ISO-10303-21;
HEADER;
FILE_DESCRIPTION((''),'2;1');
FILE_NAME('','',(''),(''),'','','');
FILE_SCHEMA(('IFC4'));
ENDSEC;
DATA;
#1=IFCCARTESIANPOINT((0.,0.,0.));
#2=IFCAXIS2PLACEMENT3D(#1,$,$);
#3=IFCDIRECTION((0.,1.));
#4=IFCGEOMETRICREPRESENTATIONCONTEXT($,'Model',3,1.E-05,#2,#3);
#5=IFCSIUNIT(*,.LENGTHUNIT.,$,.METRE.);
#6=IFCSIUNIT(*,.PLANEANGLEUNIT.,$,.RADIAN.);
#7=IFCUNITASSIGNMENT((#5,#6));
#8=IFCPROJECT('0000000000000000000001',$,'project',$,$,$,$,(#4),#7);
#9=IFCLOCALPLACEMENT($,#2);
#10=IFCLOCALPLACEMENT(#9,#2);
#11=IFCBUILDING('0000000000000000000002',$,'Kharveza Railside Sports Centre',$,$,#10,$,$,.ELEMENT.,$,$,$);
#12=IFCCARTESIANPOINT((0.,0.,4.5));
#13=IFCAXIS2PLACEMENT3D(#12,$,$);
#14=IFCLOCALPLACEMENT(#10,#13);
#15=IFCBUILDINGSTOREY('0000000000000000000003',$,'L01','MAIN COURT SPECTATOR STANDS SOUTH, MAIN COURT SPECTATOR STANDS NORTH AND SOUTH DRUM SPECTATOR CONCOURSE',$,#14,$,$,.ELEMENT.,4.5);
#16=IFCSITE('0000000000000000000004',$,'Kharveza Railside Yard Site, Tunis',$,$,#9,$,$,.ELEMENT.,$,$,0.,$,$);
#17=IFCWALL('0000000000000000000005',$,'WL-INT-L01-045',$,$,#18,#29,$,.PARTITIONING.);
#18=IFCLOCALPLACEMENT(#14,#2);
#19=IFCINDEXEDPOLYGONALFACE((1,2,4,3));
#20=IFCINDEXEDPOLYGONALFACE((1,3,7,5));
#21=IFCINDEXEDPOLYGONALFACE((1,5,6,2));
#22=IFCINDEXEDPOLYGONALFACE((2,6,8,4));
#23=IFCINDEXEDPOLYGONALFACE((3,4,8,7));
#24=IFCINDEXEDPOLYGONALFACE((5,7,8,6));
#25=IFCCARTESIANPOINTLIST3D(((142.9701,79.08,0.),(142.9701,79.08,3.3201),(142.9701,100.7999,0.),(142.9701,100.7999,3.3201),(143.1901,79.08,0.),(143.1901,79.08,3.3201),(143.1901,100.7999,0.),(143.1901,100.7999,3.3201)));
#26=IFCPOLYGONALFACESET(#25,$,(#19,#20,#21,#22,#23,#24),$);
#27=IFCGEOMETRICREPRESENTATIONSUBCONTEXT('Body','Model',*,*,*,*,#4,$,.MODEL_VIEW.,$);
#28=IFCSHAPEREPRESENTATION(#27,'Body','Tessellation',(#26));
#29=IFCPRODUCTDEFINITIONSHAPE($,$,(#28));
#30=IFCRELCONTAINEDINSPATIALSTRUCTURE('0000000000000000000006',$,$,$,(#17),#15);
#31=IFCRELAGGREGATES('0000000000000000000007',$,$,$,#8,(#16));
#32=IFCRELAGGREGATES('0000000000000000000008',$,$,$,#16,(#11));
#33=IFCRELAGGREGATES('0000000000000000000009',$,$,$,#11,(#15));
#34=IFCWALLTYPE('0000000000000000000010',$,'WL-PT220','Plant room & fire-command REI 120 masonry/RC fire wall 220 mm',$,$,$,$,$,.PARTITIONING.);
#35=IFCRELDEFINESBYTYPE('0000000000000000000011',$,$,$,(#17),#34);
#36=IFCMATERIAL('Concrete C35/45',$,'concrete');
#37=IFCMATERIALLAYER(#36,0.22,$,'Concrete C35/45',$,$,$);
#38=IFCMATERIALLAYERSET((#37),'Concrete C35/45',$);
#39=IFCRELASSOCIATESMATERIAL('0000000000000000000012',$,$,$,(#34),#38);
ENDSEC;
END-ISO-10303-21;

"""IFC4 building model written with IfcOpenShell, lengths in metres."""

from ifc_helpers import new_model, si_unit, direction, frame, frame_2d, origin, place, context, subcontext, project, spatial, rectangle, extrude, material, layer, layer_set, type_object, element, save


model = new_model("IFC4")

# Units and contexts
model_context = context("Model", 3, precision=1e-05, world=origin(), true_north=direction((0.0, 1.0)))
body_context = subcontext(model_context, "Body", "Model", "MODEL_VIEW")
ifc_project = project(units=[si_unit("LENGTHUNIT", "METRE"), si_unit("PLANEANGLEUNIT", "RADIAN")], contexts=[model_context])

# Site, building, storey
site_placement = place(None, origin())
site = spatial("IfcSite", under=ifc_project, at=site_placement, Name="Kharveza Railside Yard Site, Tunis", CompositionType="ELEMENT", RefElevation=0.0)
building_placement = place(site_placement, origin())
building = spatial("IfcBuilding", under=site, at=building_placement, Name="Kharveza Railside Sports Centre", CompositionType="ELEMENT")
storey_placement = place(building_placement, frame((0.0, 0.0, 4.5)))
storey = spatial("IfcBuildingStorey", under=building, at=storey_placement, Name="L01", Description="MAIN COURT SPECTATOR STANDS SOUTH, MAIN COURT SPECTATOR STANDS NORTH AND SOUTH DRUM SPECTATOR CONCOURSE", CompositionType="ELEMENT", Elevation=4.5)

# Shared definitions
ifc_material_1 = material(Name="Concrete C35/45", Category="concrete")

# Wall
ifc_layer_1 = layer(ifc_material_1, 0.22, Name="Concrete C35/45")
ifc_layer_set_1 = layer_set([ifc_layer_1], Name="Concrete C35/45")
wall_type_1 = type_object("IfcWallType", Name="WL-PT220", Description="Plant room & fire-command REI 120 masonry/RC fire wall 220 mm", PredefinedType="PARTITIONING", material=ifc_layer_set_1)
wall_1_placement = place(storey_placement, frame((143.0801, 79.0801, 0.0), z_axis=(0.0, 0.0, 1.0), x_axis=(0.0, 1.0, 0.0)))
element("IfcWall", 1, at=wall_1_placement, inside=storey, type_object=wall_type_1, Name="WL-INT-L01-045", PredefinedType="PARTITIONING", context=body_context, shape_type="SweptSolid", body=[
    extrude(rectangle(XDim=21.72, YDim=0.22, at=frame_2d((10.8599, 0.0))), origin(), (0.0, 0.0, 1.0), 3.3201),
])

save(model, "model.ifc")
